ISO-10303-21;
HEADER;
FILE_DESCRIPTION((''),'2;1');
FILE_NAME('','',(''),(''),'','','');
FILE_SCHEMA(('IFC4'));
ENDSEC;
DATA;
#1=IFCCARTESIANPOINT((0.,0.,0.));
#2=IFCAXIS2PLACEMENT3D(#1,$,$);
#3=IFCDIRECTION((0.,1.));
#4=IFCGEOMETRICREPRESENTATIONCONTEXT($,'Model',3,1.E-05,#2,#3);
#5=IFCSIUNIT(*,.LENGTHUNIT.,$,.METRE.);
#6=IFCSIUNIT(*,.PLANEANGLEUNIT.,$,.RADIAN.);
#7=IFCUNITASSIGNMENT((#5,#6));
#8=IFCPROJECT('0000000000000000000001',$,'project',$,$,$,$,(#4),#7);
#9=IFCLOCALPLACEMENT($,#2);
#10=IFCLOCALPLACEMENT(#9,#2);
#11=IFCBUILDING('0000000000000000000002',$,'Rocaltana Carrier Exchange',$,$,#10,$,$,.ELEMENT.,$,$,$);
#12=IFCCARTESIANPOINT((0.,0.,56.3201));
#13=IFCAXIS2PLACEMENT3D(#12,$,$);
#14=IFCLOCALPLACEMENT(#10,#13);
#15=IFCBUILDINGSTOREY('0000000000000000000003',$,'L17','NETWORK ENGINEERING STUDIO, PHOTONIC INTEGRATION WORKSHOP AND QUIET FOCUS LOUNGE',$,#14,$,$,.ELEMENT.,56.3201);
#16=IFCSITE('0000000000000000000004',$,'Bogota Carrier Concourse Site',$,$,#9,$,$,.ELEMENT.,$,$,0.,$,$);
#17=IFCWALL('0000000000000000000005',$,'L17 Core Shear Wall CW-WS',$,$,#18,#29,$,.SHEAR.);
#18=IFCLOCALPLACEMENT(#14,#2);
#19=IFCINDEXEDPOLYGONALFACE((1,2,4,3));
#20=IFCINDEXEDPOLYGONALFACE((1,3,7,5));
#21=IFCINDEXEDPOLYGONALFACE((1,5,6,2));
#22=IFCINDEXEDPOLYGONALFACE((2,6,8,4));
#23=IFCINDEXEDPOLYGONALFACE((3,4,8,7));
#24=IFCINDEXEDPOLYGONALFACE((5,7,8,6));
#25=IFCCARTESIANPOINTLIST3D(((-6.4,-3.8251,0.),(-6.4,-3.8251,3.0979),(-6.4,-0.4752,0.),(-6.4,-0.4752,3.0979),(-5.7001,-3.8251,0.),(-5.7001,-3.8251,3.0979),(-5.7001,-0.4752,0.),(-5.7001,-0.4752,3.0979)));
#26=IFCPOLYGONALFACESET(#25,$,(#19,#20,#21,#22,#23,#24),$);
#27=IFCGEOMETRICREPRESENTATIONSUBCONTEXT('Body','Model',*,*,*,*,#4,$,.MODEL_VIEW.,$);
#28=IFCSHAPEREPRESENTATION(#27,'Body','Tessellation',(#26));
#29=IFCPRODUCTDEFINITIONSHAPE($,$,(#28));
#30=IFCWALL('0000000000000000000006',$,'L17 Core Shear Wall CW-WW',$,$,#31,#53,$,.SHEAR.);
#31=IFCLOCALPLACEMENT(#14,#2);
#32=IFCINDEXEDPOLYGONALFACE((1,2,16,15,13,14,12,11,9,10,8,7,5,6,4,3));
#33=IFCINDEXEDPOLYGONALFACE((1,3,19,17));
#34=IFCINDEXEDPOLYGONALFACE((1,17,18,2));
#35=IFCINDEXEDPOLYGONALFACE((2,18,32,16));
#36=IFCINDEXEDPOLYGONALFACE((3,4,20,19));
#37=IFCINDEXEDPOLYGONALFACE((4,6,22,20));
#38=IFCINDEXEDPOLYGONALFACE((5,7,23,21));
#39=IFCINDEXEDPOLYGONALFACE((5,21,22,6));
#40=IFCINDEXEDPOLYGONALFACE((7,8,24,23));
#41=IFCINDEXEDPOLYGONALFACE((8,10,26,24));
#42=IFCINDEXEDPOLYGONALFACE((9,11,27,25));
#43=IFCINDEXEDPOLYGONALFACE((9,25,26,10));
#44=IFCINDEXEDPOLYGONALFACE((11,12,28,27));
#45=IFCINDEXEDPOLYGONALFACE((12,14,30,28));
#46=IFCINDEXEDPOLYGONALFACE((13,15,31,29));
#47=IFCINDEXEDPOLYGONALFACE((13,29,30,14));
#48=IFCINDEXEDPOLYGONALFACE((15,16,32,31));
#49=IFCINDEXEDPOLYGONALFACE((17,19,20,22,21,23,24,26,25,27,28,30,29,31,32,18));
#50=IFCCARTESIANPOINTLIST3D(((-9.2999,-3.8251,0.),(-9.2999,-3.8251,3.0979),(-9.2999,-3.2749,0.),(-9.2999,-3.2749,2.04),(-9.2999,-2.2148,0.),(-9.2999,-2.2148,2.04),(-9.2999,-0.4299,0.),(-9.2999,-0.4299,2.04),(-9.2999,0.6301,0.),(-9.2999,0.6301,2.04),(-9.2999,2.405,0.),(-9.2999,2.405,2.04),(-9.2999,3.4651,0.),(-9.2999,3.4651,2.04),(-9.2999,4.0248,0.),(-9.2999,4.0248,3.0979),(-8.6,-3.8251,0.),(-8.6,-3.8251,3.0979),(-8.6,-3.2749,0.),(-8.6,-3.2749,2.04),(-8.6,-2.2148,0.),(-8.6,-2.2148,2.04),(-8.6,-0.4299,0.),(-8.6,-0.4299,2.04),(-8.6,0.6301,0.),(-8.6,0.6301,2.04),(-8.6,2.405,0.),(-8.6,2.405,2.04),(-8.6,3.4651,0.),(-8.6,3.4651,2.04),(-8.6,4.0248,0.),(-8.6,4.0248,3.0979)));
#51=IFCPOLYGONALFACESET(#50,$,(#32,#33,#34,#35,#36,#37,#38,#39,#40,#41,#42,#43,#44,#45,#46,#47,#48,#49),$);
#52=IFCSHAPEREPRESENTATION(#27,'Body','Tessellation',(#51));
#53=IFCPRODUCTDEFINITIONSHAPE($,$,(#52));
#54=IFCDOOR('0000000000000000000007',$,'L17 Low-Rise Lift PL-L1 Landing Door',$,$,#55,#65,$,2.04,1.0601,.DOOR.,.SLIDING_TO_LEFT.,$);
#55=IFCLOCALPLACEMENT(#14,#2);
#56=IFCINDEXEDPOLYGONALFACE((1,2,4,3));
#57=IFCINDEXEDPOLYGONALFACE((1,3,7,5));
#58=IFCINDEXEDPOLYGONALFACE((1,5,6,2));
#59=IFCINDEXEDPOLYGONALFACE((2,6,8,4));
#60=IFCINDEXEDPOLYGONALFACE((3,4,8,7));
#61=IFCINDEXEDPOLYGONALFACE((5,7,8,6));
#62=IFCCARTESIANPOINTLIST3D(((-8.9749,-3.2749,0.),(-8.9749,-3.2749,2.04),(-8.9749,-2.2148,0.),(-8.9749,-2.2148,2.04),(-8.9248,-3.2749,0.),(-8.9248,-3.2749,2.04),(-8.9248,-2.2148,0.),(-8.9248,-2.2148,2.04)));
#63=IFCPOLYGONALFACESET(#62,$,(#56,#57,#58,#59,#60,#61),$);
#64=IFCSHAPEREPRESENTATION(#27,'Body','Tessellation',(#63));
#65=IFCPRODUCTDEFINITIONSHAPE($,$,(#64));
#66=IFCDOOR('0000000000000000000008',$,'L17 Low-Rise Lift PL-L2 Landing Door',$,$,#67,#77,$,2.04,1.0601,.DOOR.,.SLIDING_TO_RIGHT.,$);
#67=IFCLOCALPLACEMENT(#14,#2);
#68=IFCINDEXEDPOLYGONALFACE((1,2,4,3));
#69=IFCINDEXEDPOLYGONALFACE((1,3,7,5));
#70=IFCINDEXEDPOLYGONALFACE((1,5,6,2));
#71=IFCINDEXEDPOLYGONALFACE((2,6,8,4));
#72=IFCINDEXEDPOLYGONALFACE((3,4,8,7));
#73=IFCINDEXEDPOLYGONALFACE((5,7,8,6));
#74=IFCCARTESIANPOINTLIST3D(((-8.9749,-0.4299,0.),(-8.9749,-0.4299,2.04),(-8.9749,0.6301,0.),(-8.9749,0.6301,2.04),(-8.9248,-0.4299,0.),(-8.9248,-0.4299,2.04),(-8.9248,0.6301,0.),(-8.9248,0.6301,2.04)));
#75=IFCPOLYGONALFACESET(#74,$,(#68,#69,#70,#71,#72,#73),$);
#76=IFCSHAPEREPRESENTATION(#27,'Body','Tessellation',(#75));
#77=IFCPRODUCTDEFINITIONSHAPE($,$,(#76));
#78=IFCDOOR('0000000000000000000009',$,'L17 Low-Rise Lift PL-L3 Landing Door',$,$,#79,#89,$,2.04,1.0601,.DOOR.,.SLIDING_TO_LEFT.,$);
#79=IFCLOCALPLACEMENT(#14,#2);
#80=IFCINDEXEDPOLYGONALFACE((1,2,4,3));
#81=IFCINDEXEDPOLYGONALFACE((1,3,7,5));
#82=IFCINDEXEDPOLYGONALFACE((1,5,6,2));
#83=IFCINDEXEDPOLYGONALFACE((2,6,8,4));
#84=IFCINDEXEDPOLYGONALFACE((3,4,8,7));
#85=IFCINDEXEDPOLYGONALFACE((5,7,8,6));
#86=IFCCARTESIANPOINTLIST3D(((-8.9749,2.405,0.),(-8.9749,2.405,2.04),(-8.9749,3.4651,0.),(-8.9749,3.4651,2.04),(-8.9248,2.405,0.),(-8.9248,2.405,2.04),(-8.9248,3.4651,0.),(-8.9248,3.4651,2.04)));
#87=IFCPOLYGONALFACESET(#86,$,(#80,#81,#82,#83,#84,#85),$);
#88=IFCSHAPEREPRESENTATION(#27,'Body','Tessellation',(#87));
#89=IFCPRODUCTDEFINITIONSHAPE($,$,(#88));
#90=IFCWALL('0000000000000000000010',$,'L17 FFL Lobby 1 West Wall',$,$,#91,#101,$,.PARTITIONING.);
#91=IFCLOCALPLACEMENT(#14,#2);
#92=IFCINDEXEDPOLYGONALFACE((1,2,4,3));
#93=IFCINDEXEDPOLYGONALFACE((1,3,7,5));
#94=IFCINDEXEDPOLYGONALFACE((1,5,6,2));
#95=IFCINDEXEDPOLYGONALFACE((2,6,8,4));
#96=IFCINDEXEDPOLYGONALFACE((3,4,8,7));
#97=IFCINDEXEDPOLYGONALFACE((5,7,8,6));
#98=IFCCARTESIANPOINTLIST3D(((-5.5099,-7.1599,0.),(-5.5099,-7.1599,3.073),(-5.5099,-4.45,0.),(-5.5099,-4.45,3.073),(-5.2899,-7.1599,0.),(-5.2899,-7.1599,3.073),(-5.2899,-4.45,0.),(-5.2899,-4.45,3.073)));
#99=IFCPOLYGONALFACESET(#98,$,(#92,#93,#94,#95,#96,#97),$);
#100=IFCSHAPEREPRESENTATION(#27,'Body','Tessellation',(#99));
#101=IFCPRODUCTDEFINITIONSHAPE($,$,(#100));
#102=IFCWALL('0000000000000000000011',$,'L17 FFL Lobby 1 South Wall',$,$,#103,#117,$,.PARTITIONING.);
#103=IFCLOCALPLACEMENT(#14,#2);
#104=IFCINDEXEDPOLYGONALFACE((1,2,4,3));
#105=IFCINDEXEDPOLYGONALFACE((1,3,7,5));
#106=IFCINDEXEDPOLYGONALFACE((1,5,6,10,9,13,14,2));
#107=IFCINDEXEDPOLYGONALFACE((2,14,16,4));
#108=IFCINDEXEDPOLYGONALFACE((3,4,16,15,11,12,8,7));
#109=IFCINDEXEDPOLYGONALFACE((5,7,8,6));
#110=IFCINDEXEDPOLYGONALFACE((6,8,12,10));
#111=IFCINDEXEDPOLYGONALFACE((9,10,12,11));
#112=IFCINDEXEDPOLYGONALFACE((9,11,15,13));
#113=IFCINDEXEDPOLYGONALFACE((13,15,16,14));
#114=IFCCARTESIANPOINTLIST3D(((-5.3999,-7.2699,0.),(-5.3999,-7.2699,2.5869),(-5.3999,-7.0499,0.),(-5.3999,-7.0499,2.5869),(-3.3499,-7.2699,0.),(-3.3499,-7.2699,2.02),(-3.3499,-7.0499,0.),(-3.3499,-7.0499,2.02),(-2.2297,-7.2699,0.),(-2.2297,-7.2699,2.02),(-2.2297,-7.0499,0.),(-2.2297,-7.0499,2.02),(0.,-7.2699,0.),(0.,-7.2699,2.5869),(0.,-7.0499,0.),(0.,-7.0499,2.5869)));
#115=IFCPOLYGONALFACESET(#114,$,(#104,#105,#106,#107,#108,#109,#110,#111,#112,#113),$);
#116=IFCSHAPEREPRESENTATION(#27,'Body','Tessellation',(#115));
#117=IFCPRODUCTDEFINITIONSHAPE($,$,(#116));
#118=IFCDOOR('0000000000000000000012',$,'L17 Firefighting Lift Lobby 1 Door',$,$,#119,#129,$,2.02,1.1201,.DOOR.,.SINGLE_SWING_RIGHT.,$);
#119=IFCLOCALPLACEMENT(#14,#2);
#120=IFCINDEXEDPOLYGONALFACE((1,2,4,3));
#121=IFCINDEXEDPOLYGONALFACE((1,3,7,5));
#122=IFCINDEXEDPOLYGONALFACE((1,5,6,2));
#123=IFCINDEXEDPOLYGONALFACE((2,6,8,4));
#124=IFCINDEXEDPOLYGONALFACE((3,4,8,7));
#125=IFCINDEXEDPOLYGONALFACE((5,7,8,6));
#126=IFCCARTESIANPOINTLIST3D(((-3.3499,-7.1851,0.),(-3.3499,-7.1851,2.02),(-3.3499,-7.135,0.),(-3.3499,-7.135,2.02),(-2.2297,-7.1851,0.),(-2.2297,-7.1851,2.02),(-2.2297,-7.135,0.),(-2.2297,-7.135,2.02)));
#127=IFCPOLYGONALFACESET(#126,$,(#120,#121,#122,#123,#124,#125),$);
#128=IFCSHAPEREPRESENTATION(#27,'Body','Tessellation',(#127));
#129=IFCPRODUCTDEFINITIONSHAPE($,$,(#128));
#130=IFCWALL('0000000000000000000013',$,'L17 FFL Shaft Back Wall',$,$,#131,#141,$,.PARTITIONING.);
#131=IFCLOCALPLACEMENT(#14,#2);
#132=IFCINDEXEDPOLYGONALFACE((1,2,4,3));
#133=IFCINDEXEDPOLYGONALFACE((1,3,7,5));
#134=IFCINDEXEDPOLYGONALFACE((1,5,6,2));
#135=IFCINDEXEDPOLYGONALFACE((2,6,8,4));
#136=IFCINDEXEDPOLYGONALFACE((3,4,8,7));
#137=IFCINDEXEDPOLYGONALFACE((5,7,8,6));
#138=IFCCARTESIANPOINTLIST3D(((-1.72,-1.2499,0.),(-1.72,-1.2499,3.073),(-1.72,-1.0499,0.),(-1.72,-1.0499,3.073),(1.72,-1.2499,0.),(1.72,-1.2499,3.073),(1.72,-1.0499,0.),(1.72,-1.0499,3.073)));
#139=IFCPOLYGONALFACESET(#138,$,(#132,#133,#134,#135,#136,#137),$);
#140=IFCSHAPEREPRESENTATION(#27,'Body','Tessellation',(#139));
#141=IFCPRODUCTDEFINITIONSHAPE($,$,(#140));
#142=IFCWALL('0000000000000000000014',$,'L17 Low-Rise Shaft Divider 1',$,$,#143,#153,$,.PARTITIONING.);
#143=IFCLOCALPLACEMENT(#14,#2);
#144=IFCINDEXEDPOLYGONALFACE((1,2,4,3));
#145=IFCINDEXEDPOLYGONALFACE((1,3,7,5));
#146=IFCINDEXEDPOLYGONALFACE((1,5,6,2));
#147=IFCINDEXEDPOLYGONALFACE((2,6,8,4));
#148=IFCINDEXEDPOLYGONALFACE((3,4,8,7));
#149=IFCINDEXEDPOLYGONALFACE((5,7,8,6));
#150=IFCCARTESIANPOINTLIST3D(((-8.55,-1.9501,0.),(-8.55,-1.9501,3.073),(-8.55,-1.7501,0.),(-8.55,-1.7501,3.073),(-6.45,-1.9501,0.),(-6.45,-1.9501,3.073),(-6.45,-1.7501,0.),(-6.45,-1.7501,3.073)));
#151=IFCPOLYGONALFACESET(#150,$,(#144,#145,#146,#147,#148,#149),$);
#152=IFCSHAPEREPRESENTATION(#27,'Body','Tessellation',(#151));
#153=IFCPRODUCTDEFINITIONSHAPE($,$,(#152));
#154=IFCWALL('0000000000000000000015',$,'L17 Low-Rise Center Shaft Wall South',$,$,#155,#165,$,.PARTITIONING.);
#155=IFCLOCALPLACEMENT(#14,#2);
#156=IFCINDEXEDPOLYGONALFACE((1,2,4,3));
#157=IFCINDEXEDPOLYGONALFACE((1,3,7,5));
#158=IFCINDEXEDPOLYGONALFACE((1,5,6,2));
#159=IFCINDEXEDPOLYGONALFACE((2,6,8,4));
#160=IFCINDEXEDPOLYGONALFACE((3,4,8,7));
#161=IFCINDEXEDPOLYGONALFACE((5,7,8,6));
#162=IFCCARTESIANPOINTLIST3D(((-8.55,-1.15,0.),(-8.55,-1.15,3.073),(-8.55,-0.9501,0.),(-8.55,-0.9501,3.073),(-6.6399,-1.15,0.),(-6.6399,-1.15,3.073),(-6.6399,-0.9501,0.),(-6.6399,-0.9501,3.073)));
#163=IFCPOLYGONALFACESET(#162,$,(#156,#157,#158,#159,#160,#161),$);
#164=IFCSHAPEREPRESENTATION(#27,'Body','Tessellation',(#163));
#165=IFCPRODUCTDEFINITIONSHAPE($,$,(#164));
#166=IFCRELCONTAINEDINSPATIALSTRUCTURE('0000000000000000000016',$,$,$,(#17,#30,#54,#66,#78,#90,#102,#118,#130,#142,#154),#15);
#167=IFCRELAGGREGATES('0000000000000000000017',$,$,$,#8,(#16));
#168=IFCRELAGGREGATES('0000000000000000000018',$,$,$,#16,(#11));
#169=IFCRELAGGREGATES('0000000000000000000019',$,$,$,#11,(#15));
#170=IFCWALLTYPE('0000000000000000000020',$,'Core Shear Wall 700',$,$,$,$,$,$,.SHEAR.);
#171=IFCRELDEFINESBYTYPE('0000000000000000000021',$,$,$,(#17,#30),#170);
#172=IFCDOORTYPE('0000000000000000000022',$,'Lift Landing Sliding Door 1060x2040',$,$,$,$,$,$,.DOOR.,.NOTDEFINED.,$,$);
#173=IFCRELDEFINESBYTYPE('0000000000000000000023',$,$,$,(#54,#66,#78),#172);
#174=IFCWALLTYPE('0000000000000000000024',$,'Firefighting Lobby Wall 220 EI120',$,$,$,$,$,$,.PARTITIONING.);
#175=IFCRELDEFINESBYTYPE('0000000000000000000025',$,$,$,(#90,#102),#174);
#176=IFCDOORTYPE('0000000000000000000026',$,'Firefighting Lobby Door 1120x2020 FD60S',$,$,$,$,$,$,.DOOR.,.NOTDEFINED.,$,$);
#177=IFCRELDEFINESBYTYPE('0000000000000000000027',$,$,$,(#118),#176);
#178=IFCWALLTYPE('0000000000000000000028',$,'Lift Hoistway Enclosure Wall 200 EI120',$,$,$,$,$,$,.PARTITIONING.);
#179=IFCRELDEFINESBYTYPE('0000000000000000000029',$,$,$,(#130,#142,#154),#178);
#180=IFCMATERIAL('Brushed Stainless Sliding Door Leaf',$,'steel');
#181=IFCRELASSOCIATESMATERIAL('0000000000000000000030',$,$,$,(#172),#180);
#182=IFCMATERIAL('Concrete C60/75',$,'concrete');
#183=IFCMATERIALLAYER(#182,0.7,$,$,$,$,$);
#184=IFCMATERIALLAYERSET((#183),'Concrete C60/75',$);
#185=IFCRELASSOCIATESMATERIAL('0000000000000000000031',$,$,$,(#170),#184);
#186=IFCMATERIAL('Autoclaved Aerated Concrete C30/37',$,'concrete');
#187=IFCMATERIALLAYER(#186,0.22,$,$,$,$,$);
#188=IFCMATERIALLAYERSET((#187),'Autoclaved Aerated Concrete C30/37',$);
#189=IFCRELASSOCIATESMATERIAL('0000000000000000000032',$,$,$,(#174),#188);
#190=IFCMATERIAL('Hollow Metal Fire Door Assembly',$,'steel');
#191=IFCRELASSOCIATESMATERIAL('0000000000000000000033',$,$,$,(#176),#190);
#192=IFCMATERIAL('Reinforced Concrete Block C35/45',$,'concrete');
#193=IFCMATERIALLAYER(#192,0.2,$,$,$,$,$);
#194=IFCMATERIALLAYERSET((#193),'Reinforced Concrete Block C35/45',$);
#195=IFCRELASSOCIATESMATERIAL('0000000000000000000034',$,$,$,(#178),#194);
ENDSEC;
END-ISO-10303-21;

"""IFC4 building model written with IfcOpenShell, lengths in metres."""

from ifc_helpers import new_model, si_unit, direction, frame, frame_2d, origin, place, context, subcontext, project, spatial, rectangle, extrude, material, layer, layer_set, type_object, element, fill, save


model = new_model("IFC4")

# Units and contexts
model_context = context("Model", 3, precision=1e-05, world=origin(), true_north=direction((0.0, 1.0)))
body_context = subcontext(model_context, "Body", "Model", "MODEL_VIEW")
ifc_project = project(units=[si_unit("LENGTHUNIT", "METRE"), si_unit("PLANEANGLEUNIT", "RADIAN")], contexts=[model_context])

# Site, building, storey
site_placement = place(None, origin())
site = spatial("IfcSite", under=ifc_project, at=site_placement, Name="Bogota Carrier Concourse Site", CompositionType="ELEMENT", RefElevation=0.0)
building_placement = place(site_placement, origin())
building = spatial("IfcBuilding", under=site, at=building_placement, Name="Rocaltana Carrier Exchange", CompositionType="ELEMENT")
storey_placement = place(building_placement, frame((0.0, 0.0, 56.3201)))
storey = spatial("IfcBuildingStorey", under=building, at=storey_placement, Name="L17", Description="NETWORK ENGINEERING STUDIO, PHOTONIC INTEGRATION WORKSHOP AND QUIET FOCUS LOUNGE", CompositionType="ELEMENT", Elevation=56.3201)

# Shared definitions
ifc_material_1 = material(Name="Brushed Stainless Sliding Door Leaf", Category="steel")
door_type_1 = type_object("IfcDoorType", Name="Lift Landing Sliding Door 1060x2040", OperationType="NOTDEFINED", PredefinedType="DOOR", material=ifc_material_1)

# Wall
ifc_material_2 = material(Name="Concrete C60/75", Category="concrete")
ifc_layer_1 = layer(ifc_material_2, 0.7)
ifc_layer_set_1 = layer_set([ifc_layer_1], Name="Concrete C60/75")
wall_type_1 = type_object("IfcWallType", Name="Core Shear Wall 700", PredefinedType="SHEAR", material=ifc_layer_set_1)
wall_1_placement = place(storey_placement, frame((-6.05, -3.825, 0.0), z_axis=(0.0, 0.0, 1.0), x_axis=(0.0, 1.0, 0.0)))
element("IfcWall", 1, at=wall_1_placement, inside=storey, type_object=wall_type_1, Name="L17 Core Shear Wall CW-WS", PredefinedType="SHEAR", context=body_context, shape_type="SweptSolid", body=[
    extrude(rectangle(XDim=3.3499, YDim=0.7, at=frame_2d((1.6748, 0.0))), origin(), (0.0, 0.0, 1.0), 3.0979),
])

# Wall, openings, doors
wall_2_placement = place(storey_placement, frame((-8.95, -3.825, 0.0), z_axis=(0.0, 0.0, 1.0), x_axis=(0.0, 1.0, 0.0)))
wall_2 = element("IfcWall", 2, at=wall_2_placement, inside=storey, type_object=wall_type_1, Name="L17 Core Shear Wall CW-WW", PredefinedType="SHEAR", context=body_context, shape_type="SweptSolid", body=[
    extrude(rectangle(XDim=7.8499, YDim=0.7, at=frame_2d((3.9248, 0.0))), origin(), (0.0, 0.0, 1.0), 3.0979),
])
opening_1_placement = place(wall_2_placement, frame((0.55, 0.0, 0.0)))
opening_1 = element("IfcOpeningElement", 3, at=opening_1_placement, cuts=wall_2, PredefinedType="OPENING", context=body_context, shape_type="SweptSolid", body=[
    extrude(rectangle(XDim=1.0601, YDim=2.04, at=frame_2d((0.53, 1.02))), frame((0.0, 0.3599, 0.0), z_axis=(0.0, -1.0, 0.0), x_axis=(1.0, 0.0, 0.0)), (0.0, 0.0, 1.0), 0.72),
])
opening_2_placement = place(wall_2_placement, frame((3.395, 0.0, 0.0)))
opening_2 = element("IfcOpeningElement", 4, at=opening_2_placement, cuts=wall_2, PredefinedType="OPENING", context=body_context, shape_type="SweptSolid", body=[
    extrude(rectangle(XDim=1.0601, YDim=2.04, at=frame_2d((0.53, 1.02))), frame((0.0, 0.3599, 0.0), z_axis=(0.0, -1.0, 0.0), x_axis=(1.0, 0.0, 0.0)), (0.0, 0.0, 1.0), 0.72),
])
opening_3_placement = place(wall_2_placement, frame((6.23, 0.0, 0.0)))
opening_3 = element("IfcOpeningElement", 5, at=opening_3_placement, cuts=wall_2, PredefinedType="OPENING", context=body_context, shape_type="SweptSolid", body=[
    extrude(rectangle(XDim=1.0601, YDim=2.04, at=frame_2d((0.53, 1.02))), frame((0.0, 0.3599, 0.0), z_axis=(0.0, -1.0, 0.0), x_axis=(1.0, 0.0, 0.0)), (0.0, 0.0, 1.0), 0.72),
])
door_1_placement = place(opening_1_placement, origin())
door_1 = element("IfcDoor", 6, at=door_1_placement, inside=storey, type_object=door_type_1, Name="L17 Low-Rise Lift PL-L1 Landing Door", OperationType="SLIDING_TO_LEFT", OverallHeight=2.04, OverallWidth=1.0601, PredefinedType="DOOR", context=body_context, shape_type="SweptSolid", body=[
    extrude(rectangle(XDim=1.0601, YDim=2.04, at=frame_2d((0.53, 1.02))), frame((0.0, 0.0249, 0.0), z_axis=(0.0, -1.0, 0.0), x_axis=(1.0, 0.0, 0.0)), (0.0, 0.0, 1.0), 0.05),
])
fill(opening_1, door_1)
door_2_placement = place(opening_2_placement, origin())
door_2 = element("IfcDoor", 7, at=door_2_placement, inside=storey, type_object=door_type_1, Name="L17 Low-Rise Lift PL-L2 Landing Door", OperationType="SLIDING_TO_RIGHT", OverallHeight=2.04, OverallWidth=1.0601, PredefinedType="DOOR", context=body_context, shape_type="SweptSolid", body=[
    extrude(rectangle(XDim=1.0601, YDim=2.04, at=frame_2d((0.53, 1.02))), frame((0.0, 0.0249, 0.0), z_axis=(0.0, -1.0, 0.0), x_axis=(1.0, 0.0, 0.0)), (0.0, 0.0, 1.0), 0.05),
])
fill(opening_2, door_2)
door_3_placement = place(opening_3_placement, origin())
door_3 = element("IfcDoor", 8, at=door_3_placement, inside=storey, type_object=door_type_1, Name="L17 Low-Rise Lift PL-L3 Landing Door", OperationType="SLIDING_TO_LEFT", OverallHeight=2.04, OverallWidth=1.0601, PredefinedType="DOOR", context=body_context, shape_type="SweptSolid", body=[
    extrude(rectangle(XDim=1.0601, YDim=2.04, at=frame_2d((0.53, 1.02))), frame((0.0, 0.0249, 0.0), z_axis=(0.0, -1.0, 0.0), x_axis=(1.0, 0.0, 0.0)), (0.0, 0.0, 1.0), 0.05),
])
fill(opening_3, door_3)

# Wall
ifc_material_3 = material(Name="Autoclaved Aerated Concrete C30/37", Category="concrete")
ifc_layer_2 = layer(ifc_material_3, 0.22)
ifc_layer_set_2 = layer_set([ifc_layer_2], Name="Autoclaved Aerated Concrete C30/37")
wall_type_2 = type_object("IfcWallType", Name="Firefighting Lobby Wall 220 EI120", PredefinedType="PARTITIONING", material=ifc_layer_set_2)
wall_3_placement = place(storey_placement, frame((-5.3999, -7.1599, 0.0), z_axis=(0.0, 0.0, 1.0), x_axis=(0.0, 1.0, 0.0)))
element("IfcWall", 9, at=wall_3_placement, inside=storey, type_object=wall_type_2, Name="L17 FFL Lobby 1 West Wall", PredefinedType="PARTITIONING", context=body_context, shape_type="SweptSolid", body=[
    extrude(rectangle(XDim=2.71, YDim=0.22, at=frame_2d((1.355, 0.0))), origin(), (0.0, 0.0, 1.0), 3.073),
])

# Wall, opening, door
wall_4_placement = place(storey_placement, frame((-5.3999, -7.1599, 0.0), z_axis=(0.0, 0.0, 1.0), x_axis=(1.0, 0.0, 0.0)))
wall_4 = element("IfcWall", 10, at=wall_4_placement, inside=storey, type_object=wall_type_2, Name="L17 FFL Lobby 1 South Wall", PredefinedType="PARTITIONING", context=body_context, shape_type="SweptSolid", body=[
    extrude(rectangle(XDim=5.3999, YDim=0.22, at=frame_2d((2.7, 0.0))), origin(), (0.0, 0.0, 1.0), 2.5869),
])
opening_4_placement = place(wall_4_placement, frame((2.05, 0.0, 0.0)))
opening_4 = element("IfcOpeningElement", 11, at=opening_4_placement, cuts=wall_4, PredefinedType="OPENING", context=body_context, shape_type="SweptSolid", body=[
    extrude(rectangle(XDim=1.1201, YDim=2.02, at=frame_2d((0.5601, 1.01))), frame((0.0, 0.1199, 0.0), z_axis=(0.0, -1.0, 0.0), x_axis=(1.0, 0.0, 0.0)), (0.0, 0.0, 1.0), 0.24),
])
ifc_material_4 = material(Name="Hollow Metal Fire Door Assembly", Category="steel")
door_type_2 = type_object("IfcDoorType", Name="Firefighting Lobby Door 1120x2020 FD60S", OperationType="NOTDEFINED", PredefinedType="DOOR", material=ifc_material_4)
door_4_placement = place(opening_4_placement, origin())
door_4 = element("IfcDoor", 12, at=door_4_placement, inside=storey, type_object=door_type_2, Name="L17 Firefighting Lift Lobby 1 Door", OperationType="SINGLE_SWING_RIGHT", OverallHeight=2.02, OverallWidth=1.1201, PredefinedType="DOOR", context=body_context, shape_type="SweptSolid", body=[
    extrude(rectangle(XDim=1.1201, YDim=2.02, at=frame_2d((0.5601, 1.01))), frame((0.0, 0.0249, 0.0), z_axis=(0.0, -1.0, 0.0), x_axis=(1.0, 0.0, 0.0)), (0.0, 0.0, 1.0), 0.05),
])
fill(opening_4, door_4)

# Walls
ifc_material_5 = material(Name="Reinforced Concrete Block C35/45", Category="concrete")
ifc_layer_3 = layer(ifc_material_5, 0.2)
ifc_layer_set_3 = layer_set([ifc_layer_3], Name="Reinforced Concrete Block C35/45")
wall_type_3 = type_object("IfcWallType", Name="Lift Hoistway Enclosure Wall 200 EI120", PredefinedType="PARTITIONING", material=ifc_layer_set_3)
wall_5_placement = place(storey_placement, frame((-1.72, -1.1499, 0.0), z_axis=(0.0, 0.0, 1.0), x_axis=(1.0, 0.0, 0.0)))
element("IfcWall", 13, at=wall_5_placement, inside=storey, type_object=wall_type_3, Name="L17 FFL Shaft Back Wall", PredefinedType="PARTITIONING", context=body_context, shape_type="SweptSolid", body=[
    extrude(rectangle(XDim=3.4399, YDim=0.2, at=frame_2d((1.72, 0.0))), origin(), (0.0, 0.0, 1.0), 3.073),
])
wall_6_placement = place(storey_placement, frame((-8.55, -1.8501, 0.0), z_axis=(0.0, 0.0, 1.0), x_axis=(1.0, 0.0, 0.0)))
element("IfcWall", 14, at=wall_6_placement, inside=storey, type_object=wall_type_3, Name="L17 Low-Rise Shaft Divider 1", PredefinedType="PARTITIONING", context=body_context, shape_type="SweptSolid", body=[
    extrude(rectangle(XDim=2.1001, YDim=0.2, at=frame_2d((1.05, 0.0))), origin(), (0.0, 0.0, 1.0), 3.073),
])
wall_7_placement = place(storey_placement, frame((-8.55, -1.05, 0.0), z_axis=(0.0, 0.0, 1.0), x_axis=(1.0, 0.0, 0.0)))
element("IfcWall", 15, at=wall_7_placement, inside=storey, type_object=wall_type_3, Name="L17 Low-Rise Center Shaft Wall South", PredefinedType="PARTITIONING", context=body_context, shape_type="SweptSolid", body=[
    extrude(rectangle(XDim=1.9102, YDim=0.2, at=frame_2d((0.9551, 0.0))), origin(), (0.0, 0.0, 1.0), 3.073),
])

save(model, "model.ifc")
